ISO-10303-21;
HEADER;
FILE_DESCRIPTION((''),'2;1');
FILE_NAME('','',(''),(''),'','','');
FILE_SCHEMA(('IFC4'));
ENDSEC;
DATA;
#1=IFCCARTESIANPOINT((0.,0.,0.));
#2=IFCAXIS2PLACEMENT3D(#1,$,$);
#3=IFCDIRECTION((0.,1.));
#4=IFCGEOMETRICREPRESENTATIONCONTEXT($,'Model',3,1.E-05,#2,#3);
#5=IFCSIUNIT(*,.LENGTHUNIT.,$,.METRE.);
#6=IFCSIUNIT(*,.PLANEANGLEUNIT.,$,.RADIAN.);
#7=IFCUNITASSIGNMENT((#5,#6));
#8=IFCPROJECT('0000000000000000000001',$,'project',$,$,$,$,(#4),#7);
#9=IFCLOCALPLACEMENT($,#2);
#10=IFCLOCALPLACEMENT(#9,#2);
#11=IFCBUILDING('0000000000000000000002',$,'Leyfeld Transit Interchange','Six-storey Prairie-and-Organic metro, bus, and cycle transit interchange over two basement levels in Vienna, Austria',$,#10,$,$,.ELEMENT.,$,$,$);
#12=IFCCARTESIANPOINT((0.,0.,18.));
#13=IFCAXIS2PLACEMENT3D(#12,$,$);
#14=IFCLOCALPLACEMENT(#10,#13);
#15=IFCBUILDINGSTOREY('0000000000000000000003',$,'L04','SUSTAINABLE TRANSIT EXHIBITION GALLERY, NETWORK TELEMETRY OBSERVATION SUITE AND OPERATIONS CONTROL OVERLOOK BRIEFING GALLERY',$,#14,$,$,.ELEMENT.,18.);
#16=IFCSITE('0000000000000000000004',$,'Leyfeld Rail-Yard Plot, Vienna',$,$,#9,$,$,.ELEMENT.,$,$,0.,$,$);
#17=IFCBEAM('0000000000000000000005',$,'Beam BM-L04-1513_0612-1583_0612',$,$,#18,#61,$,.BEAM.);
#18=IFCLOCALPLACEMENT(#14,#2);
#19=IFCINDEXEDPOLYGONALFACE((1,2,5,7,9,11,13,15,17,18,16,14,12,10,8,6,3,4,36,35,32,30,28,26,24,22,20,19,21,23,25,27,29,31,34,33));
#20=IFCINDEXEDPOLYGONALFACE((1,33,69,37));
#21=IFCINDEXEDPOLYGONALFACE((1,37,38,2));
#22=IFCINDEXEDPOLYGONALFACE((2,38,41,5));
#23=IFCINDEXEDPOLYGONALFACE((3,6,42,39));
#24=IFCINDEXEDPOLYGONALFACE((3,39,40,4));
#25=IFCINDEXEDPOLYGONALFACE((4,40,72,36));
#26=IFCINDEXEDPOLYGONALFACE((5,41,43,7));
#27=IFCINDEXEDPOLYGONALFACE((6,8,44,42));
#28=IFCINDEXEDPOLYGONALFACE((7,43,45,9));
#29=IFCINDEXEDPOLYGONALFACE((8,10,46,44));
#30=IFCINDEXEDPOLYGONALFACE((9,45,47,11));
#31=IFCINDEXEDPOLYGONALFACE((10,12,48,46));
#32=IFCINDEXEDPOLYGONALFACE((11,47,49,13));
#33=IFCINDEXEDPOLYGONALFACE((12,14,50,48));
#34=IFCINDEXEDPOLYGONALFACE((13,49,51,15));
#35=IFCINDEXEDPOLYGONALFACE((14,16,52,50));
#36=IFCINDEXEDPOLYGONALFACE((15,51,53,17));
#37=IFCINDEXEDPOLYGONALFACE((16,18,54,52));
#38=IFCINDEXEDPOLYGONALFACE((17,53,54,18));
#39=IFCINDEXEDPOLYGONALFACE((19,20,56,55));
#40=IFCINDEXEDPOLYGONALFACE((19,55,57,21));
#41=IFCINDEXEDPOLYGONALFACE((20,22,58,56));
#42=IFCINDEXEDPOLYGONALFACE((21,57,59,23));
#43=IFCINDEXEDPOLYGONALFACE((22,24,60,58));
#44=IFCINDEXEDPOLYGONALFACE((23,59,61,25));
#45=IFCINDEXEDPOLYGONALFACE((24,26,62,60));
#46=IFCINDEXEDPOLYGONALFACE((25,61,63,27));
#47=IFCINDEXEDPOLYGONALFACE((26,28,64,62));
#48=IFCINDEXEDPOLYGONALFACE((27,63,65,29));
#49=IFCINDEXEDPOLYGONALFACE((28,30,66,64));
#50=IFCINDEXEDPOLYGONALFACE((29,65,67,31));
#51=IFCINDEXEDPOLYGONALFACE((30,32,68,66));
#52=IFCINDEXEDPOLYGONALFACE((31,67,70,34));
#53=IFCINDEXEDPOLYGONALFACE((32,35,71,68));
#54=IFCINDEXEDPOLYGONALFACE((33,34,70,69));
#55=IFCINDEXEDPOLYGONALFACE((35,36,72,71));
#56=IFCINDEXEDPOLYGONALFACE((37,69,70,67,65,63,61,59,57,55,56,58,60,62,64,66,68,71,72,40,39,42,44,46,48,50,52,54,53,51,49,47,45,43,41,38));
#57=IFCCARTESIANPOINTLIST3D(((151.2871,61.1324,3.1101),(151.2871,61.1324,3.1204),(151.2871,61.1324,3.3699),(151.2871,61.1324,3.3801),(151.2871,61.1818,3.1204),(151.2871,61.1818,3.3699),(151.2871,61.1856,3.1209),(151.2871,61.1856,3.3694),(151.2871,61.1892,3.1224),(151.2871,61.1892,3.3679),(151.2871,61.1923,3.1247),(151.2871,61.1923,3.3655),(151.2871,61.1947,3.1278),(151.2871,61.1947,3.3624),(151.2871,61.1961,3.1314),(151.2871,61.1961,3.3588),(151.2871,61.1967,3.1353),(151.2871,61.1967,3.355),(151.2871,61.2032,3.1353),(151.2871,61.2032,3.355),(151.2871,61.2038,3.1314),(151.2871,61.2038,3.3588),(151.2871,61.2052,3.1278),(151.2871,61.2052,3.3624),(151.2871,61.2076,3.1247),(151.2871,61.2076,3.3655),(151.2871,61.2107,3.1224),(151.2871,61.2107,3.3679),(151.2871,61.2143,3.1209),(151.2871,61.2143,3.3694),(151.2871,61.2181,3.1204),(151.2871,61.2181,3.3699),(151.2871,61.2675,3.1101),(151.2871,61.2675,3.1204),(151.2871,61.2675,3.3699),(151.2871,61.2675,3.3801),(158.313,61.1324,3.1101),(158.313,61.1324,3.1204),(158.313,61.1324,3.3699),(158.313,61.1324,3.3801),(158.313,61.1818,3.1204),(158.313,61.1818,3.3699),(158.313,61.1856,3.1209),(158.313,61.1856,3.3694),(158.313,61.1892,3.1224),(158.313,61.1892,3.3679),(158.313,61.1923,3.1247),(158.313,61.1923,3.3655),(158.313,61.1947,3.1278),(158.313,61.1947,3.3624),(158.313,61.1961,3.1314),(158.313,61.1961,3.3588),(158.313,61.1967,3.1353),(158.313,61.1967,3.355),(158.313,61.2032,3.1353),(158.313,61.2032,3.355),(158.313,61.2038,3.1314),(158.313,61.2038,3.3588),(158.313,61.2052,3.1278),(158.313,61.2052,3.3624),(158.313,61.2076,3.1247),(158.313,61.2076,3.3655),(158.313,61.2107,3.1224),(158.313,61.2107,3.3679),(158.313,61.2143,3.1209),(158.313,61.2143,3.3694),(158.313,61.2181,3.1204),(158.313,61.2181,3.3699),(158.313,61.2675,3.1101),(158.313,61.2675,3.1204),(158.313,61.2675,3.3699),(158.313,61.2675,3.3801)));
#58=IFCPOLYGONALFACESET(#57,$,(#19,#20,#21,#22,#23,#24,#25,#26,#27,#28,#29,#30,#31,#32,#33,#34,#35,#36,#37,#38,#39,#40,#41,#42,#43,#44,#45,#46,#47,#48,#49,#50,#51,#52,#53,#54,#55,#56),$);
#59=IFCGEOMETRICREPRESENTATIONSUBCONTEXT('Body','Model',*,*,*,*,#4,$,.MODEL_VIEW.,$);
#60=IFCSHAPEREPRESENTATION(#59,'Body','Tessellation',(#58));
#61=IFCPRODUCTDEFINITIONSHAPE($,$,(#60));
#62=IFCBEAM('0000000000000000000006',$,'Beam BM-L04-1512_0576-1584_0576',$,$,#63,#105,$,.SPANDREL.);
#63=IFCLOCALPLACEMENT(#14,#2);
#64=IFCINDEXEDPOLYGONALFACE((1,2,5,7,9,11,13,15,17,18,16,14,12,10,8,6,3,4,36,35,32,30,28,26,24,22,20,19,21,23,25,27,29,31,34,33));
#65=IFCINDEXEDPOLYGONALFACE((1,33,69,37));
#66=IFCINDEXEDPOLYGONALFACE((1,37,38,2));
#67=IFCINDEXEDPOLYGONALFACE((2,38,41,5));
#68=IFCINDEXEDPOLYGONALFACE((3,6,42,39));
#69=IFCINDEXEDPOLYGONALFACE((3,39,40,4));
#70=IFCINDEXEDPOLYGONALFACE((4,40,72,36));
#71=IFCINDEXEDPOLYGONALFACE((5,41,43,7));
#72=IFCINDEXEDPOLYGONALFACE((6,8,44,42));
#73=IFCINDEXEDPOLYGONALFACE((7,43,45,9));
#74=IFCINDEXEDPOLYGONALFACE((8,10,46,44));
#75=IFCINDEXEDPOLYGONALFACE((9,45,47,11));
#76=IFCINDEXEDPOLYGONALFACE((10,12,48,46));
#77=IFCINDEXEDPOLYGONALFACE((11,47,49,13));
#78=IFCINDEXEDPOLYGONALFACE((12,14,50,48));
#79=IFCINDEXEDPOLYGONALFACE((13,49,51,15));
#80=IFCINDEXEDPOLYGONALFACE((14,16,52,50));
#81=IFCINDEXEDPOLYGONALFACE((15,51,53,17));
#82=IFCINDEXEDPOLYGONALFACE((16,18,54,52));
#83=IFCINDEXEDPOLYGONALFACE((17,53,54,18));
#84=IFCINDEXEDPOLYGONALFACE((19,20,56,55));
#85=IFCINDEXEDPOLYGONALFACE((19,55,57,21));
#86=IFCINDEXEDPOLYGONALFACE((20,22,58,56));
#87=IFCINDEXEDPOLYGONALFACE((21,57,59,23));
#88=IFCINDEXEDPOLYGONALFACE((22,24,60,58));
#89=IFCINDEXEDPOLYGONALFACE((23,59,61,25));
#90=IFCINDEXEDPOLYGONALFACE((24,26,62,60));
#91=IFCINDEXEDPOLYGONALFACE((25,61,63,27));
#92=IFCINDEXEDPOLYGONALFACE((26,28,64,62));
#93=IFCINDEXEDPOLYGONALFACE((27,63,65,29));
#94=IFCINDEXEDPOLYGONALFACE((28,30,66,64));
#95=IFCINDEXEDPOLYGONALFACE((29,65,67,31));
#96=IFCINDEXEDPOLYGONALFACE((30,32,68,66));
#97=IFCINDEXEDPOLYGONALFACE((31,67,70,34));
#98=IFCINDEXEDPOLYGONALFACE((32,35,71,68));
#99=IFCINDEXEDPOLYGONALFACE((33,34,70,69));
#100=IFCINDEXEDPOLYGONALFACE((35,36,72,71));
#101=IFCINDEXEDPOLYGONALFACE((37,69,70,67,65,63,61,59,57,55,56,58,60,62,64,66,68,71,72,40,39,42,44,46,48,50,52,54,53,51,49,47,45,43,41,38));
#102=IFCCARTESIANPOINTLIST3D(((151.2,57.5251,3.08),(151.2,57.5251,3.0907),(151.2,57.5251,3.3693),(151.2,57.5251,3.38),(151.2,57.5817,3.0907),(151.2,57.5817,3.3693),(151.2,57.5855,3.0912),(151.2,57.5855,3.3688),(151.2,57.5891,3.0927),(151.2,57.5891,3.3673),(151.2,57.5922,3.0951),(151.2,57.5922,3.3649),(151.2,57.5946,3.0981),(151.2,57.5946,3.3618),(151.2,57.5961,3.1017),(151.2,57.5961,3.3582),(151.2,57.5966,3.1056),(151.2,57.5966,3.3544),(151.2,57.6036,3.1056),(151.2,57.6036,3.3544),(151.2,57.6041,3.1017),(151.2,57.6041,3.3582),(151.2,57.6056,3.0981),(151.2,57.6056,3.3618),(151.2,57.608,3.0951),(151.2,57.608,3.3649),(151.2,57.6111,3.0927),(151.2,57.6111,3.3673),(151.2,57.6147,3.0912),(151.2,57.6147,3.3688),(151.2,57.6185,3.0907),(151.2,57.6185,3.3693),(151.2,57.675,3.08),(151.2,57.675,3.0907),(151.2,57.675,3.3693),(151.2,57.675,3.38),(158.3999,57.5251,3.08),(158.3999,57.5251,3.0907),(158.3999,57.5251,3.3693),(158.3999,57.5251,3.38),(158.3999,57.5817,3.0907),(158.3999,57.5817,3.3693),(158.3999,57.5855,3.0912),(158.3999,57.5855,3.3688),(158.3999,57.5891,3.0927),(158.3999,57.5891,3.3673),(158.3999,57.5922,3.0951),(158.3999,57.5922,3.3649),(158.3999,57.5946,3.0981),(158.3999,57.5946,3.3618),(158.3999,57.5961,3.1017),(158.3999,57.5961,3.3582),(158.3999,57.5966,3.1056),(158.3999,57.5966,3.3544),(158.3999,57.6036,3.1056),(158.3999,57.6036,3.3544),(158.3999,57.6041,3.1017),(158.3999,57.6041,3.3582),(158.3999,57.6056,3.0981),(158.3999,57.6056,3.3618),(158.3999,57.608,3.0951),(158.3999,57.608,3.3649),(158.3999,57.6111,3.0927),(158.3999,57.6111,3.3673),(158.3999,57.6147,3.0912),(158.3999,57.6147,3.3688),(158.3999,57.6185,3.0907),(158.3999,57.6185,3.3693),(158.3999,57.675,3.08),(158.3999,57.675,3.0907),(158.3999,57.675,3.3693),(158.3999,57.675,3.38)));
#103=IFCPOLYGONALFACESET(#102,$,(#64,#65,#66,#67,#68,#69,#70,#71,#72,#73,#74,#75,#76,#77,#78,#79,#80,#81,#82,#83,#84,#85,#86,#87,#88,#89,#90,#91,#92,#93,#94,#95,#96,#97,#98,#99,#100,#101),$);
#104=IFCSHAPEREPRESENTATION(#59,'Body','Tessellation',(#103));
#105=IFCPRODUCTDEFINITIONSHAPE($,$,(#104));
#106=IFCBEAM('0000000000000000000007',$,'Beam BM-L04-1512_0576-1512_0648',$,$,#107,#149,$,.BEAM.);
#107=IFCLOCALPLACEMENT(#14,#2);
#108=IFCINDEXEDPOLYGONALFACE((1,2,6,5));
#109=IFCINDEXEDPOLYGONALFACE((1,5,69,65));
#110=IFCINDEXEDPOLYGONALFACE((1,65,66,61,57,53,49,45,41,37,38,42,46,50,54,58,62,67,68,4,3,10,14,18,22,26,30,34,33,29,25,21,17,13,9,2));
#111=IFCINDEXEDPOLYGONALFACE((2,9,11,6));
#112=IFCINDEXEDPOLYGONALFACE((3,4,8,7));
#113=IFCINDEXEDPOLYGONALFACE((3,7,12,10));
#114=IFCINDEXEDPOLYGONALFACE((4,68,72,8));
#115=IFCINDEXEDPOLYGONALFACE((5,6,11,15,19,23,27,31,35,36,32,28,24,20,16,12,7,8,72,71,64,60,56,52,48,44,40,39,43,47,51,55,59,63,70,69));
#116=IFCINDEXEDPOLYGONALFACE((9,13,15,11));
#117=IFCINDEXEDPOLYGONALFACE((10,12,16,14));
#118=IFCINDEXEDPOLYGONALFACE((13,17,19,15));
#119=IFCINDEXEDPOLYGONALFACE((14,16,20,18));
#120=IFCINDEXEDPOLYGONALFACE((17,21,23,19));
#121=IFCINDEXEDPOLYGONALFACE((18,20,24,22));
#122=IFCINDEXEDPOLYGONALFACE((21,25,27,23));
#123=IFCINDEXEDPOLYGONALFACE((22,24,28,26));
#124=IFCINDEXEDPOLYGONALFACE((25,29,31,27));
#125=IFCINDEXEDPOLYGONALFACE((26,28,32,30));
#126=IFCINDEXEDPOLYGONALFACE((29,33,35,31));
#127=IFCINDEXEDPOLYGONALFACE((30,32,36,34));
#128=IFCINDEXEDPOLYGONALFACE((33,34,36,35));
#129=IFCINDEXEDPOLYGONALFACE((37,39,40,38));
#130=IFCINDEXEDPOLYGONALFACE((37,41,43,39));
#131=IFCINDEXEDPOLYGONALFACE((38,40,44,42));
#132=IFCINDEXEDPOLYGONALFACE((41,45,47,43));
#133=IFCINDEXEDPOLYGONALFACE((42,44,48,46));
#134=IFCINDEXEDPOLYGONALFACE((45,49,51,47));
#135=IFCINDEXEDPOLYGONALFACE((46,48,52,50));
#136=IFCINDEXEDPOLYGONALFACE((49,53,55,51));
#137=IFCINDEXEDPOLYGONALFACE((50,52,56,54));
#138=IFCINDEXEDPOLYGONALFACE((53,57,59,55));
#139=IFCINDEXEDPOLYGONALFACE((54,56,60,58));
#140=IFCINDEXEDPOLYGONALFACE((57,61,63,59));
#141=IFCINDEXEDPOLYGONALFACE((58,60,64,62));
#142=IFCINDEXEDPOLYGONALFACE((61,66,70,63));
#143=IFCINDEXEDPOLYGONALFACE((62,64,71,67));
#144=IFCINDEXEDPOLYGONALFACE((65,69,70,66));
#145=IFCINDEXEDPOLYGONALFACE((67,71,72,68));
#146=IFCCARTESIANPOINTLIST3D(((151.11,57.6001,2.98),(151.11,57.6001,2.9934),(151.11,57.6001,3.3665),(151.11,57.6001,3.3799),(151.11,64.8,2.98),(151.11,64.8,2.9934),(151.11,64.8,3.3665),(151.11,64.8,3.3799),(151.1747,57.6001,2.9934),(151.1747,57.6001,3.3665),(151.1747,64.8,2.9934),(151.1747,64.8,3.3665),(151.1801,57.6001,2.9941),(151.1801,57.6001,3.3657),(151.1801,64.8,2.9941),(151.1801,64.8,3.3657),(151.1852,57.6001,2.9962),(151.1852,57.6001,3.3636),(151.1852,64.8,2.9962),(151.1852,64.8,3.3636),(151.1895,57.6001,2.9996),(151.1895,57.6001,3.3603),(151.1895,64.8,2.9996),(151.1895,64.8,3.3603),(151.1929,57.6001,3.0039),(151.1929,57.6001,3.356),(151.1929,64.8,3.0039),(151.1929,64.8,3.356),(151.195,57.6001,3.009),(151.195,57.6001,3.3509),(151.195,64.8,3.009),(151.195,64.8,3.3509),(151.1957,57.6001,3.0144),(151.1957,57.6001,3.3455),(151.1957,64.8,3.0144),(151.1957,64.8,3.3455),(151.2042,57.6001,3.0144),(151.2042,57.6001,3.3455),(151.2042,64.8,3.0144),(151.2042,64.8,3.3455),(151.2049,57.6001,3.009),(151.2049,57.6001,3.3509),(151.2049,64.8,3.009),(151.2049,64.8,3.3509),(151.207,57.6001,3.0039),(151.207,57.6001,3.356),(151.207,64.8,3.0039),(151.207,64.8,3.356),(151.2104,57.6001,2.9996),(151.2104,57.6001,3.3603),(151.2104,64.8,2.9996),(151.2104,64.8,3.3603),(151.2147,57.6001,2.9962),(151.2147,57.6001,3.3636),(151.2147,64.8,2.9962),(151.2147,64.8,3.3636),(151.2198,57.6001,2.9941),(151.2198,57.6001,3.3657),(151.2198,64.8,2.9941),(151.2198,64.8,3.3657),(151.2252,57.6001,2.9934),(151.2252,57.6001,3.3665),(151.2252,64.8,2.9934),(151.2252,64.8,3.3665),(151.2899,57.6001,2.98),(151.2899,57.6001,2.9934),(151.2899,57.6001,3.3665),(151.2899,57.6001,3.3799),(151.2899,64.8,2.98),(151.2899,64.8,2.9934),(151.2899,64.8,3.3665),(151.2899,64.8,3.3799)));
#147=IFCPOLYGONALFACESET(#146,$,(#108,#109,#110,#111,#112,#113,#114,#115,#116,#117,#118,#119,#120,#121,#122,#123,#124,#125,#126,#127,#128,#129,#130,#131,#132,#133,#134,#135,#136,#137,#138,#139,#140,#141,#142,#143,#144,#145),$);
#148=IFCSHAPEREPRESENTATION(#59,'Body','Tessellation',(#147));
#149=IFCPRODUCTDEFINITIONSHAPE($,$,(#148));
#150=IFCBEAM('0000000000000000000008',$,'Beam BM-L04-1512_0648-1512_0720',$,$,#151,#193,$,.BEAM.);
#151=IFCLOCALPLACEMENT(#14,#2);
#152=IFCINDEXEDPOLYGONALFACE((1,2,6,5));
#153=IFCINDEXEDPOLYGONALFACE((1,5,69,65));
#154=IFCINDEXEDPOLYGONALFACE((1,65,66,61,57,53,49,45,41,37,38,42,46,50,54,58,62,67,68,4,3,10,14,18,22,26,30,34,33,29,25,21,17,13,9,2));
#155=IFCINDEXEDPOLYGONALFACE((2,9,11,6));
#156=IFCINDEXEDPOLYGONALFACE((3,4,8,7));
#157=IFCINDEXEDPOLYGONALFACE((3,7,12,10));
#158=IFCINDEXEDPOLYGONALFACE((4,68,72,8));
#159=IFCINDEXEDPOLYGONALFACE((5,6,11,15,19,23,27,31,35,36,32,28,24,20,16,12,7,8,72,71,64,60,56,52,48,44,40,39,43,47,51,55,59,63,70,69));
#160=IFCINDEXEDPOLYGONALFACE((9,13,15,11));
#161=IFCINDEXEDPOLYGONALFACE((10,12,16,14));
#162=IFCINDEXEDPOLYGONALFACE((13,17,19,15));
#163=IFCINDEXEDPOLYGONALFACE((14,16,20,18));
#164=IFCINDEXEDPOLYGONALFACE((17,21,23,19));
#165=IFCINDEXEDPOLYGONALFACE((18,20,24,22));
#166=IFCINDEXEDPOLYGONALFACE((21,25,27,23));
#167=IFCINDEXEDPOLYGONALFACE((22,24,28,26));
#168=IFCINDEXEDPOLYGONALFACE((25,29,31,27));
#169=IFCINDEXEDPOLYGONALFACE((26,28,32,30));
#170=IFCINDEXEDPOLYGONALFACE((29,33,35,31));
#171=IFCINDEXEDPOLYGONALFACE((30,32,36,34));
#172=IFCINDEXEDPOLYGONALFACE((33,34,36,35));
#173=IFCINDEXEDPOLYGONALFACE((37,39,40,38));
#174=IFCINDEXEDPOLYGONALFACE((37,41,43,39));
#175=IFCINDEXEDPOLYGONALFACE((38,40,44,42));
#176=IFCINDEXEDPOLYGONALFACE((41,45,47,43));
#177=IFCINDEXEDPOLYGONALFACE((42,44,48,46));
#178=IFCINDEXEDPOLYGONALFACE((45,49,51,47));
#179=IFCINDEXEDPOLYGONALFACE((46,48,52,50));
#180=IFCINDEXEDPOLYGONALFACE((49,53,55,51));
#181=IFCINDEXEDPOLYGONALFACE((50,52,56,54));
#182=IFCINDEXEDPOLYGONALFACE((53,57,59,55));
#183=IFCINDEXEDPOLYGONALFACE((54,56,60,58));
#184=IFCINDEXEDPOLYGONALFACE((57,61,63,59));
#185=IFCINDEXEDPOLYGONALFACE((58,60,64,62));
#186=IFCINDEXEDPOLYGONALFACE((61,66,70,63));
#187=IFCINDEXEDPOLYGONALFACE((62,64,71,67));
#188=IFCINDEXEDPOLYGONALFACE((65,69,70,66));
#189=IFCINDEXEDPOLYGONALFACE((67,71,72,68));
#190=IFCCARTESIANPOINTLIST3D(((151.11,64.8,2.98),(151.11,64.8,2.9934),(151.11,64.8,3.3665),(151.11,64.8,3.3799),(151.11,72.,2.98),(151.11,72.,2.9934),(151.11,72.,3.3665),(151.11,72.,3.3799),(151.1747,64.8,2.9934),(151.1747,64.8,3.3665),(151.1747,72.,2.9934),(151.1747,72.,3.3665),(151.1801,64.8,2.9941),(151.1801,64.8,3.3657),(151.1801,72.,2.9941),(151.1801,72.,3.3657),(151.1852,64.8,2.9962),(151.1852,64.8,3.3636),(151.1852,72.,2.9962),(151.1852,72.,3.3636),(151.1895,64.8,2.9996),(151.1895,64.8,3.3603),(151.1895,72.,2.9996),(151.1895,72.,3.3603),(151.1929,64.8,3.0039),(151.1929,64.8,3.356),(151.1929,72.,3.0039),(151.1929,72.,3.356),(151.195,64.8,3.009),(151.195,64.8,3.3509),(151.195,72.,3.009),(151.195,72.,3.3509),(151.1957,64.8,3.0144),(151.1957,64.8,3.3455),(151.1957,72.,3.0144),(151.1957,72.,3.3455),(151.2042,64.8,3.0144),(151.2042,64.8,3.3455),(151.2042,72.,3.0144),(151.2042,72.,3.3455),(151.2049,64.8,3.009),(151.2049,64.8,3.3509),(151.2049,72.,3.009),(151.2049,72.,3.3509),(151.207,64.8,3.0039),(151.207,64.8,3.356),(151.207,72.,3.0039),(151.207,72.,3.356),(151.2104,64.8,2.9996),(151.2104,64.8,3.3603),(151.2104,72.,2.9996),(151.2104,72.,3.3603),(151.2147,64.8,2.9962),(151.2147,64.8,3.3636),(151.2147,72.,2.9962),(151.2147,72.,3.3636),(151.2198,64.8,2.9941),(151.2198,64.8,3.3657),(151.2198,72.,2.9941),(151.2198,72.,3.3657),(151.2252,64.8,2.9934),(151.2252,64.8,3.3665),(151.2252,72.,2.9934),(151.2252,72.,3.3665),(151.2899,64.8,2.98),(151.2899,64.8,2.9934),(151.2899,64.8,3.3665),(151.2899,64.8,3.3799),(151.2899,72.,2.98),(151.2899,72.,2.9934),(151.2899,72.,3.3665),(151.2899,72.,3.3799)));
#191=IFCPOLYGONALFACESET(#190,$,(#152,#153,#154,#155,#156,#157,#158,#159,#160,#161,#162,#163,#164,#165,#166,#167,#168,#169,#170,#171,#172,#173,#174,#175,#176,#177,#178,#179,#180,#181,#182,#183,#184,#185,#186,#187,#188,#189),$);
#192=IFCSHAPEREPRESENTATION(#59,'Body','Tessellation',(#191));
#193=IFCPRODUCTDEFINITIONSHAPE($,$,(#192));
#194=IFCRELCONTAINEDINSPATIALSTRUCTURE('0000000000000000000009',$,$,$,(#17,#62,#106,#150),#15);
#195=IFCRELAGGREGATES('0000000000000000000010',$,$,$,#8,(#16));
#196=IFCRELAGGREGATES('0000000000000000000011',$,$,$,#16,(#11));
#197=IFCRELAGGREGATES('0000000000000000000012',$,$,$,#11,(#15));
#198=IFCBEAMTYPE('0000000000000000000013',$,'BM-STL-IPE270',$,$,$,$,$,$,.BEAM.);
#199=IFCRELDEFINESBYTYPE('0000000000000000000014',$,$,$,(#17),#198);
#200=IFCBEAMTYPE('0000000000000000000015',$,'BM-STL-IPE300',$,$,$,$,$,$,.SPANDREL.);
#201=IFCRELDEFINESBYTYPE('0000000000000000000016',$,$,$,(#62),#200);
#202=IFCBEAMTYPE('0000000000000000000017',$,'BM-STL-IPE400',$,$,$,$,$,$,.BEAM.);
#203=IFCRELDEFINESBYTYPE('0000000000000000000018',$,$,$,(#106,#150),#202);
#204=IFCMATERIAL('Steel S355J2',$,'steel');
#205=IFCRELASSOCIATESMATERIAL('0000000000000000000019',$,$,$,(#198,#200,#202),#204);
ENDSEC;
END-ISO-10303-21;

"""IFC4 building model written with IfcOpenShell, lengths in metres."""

from ifc_helpers import new_model, si_unit, direction, frame, origin, origin_2d, place, context, subcontext, project, spatial, i_section, extrude, material, material_profile, profile_set, type_object, element, save


model = new_model("IFC4")

# Units and contexts
model_context = context("Model", 3, precision=1e-05, world=origin(), true_north=direction((0.0, 1.0)))
body_context = subcontext(model_context, "Body", "Model", "MODEL_VIEW")
ifc_project = project(units=[si_unit("LENGTHUNIT", "METRE"), si_unit("PLANEANGLEUNIT", "RADIAN")], contexts=[model_context])

# Site, building, storey
site_placement = place(None, origin())
site = spatial("IfcSite", under=ifc_project, at=site_placement, Name="Leyfeld Rail-Yard Plot, Vienna", CompositionType="ELEMENT", RefElevation=0.0)
building_placement = place(site_placement, origin())
building = spatial("IfcBuilding", under=site, at=building_placement, Name="Leyfeld Transit Interchange", Description="Six-storey Prairie-and-Organic metro, bus, and cycle transit interchange over two basement levels in Vienna, Austria", CompositionType="ELEMENT")
storey_placement = place(building_placement, frame((0.0, 0.0, 18.0)))
storey = spatial("IfcBuildingStorey", under=building, at=storey_placement, Name="L04", Description="SUSTAINABLE TRANSIT EXHIBITION GALLERY, NETWORK TELEMETRY OBSERVATION SUITE AND OPERATIONS CONTROL OVERLOOK BRIEFING GALLERY", CompositionType="ELEMENT", Elevation=18.0)

# Shared definitions
ifc_material_1 = material(Name="Steel S355J2", Category="steel")

# Beams
ifc_material_profile_1 = material_profile(ifc_material_1, i_section(OverallWidth=0.135, OverallDepth=0.27, WebThickness=0.0066, FlangeThickness=0.0103, FilletRadius=0.0149, at=origin_2d()), Name="IPE 270")
ifc_profile_set_1 = profile_set([ifc_material_profile_1], Name="Steel S355J2")
beam_type_1 = type_object("IfcBeamType", Name="BM-STL-IPE270", PredefinedType="BEAM", material=ifc_profile_set_1)
beam_1_placement = place(storey_placement, frame((151.2871, 61.2, 3.2451), z_axis=(1.0, 0.0, 0.0), x_axis=(0.0, 1.0, 0.0)))
element("IfcBeam", 1, at=beam_1_placement, inside=storey, type_object=beam_type_1, Name="Beam BM-L04-1513_0612-1583_0612", PredefinedType="BEAM", context=body_context, shape_type="SweptSolid", body=[
    extrude(i_section(OverallWidth=0.135, OverallDepth=0.27, WebThickness=0.0066, FlangeThickness=0.0103, FilletRadius=0.0149, at=origin_2d()), origin(), (0.0, 0.0, 1.0), 7.0259),
])
ifc_material_profile_2 = material_profile(ifc_material_1, i_section(OverallWidth=0.1499, OverallDepth=0.3, WebThickness=0.0071, FlangeThickness=0.0107, FilletRadius=0.0149, at=origin_2d()), Name="IPE 300")
ifc_profile_set_2 = profile_set([ifc_material_profile_2], Name="Steel S355J2")
beam_type_2 = type_object("IfcBeamType", Name="BM-STL-IPE300", PredefinedType="SPANDREL", material=ifc_profile_set_2)
beam_2_placement = place(storey_placement, frame((151.2, 57.6001, 3.23), z_axis=(1.0, 0.0, 0.0), x_axis=(0.0, 1.0, 0.0)))
element("IfcBeam", 2, at=beam_2_placement, inside=storey, type_object=beam_type_2, Name="Beam BM-L04-1512_0576-1584_0576", PredefinedType="SPANDREL", context=body_context, shape_type="SweptSolid", body=[
    extrude(i_section(OverallWidth=0.1499, OverallDepth=0.3, WebThickness=0.0071, FlangeThickness=0.0107, FilletRadius=0.0149, at=origin_2d()), origin(), (0.0, 0.0, 1.0), 7.2),
])
ifc_material_profile_3 = material_profile(ifc_material_1, i_section(OverallWidth=0.1799, OverallDepth=0.3999, WebThickness=0.0085, FlangeThickness=0.0134, FilletRadius=0.021, at=origin_2d()), Name="IPE 400")
ifc_profile_set_3 = profile_set([ifc_material_profile_3], Name="Steel S355J2")
beam_type_3 = type_object("IfcBeamType", Name="BM-STL-IPE400", PredefinedType="BEAM", material=ifc_profile_set_3)
for number, where, z_axis, x_axis, name in (
    (3, (151.2, 57.6001, 3.1799), (0.0, 1.0, 0.0), (-1.0, 0.0, 0.0), "Beam BM-L04-1512_0576-1512_0648"),
    (4, (151.2, 64.8, 3.1799), (0.0, 1.0, 0.0), (-1.0, 0.0, 0.0), "Beam BM-L04-1512_0648-1512_0720"),
):
    element("IfcBeam", number, at=place(storey_placement, frame(where, z_axis=z_axis, x_axis=x_axis)), inside=storey, type_object=beam_type_3, Name=name, PredefinedType="BEAM", context=body_context, shape_type="SweptSolid", body=[
        extrude(i_section(OverallWidth=0.1799, OverallDepth=0.3999, WebThickness=0.0085, FlangeThickness=0.0134, FilletRadius=0.021, at=origin_2d()), origin(), (0.0, 0.0, 1.0), 7.2),
    ])

save(model, "model.ifc")
